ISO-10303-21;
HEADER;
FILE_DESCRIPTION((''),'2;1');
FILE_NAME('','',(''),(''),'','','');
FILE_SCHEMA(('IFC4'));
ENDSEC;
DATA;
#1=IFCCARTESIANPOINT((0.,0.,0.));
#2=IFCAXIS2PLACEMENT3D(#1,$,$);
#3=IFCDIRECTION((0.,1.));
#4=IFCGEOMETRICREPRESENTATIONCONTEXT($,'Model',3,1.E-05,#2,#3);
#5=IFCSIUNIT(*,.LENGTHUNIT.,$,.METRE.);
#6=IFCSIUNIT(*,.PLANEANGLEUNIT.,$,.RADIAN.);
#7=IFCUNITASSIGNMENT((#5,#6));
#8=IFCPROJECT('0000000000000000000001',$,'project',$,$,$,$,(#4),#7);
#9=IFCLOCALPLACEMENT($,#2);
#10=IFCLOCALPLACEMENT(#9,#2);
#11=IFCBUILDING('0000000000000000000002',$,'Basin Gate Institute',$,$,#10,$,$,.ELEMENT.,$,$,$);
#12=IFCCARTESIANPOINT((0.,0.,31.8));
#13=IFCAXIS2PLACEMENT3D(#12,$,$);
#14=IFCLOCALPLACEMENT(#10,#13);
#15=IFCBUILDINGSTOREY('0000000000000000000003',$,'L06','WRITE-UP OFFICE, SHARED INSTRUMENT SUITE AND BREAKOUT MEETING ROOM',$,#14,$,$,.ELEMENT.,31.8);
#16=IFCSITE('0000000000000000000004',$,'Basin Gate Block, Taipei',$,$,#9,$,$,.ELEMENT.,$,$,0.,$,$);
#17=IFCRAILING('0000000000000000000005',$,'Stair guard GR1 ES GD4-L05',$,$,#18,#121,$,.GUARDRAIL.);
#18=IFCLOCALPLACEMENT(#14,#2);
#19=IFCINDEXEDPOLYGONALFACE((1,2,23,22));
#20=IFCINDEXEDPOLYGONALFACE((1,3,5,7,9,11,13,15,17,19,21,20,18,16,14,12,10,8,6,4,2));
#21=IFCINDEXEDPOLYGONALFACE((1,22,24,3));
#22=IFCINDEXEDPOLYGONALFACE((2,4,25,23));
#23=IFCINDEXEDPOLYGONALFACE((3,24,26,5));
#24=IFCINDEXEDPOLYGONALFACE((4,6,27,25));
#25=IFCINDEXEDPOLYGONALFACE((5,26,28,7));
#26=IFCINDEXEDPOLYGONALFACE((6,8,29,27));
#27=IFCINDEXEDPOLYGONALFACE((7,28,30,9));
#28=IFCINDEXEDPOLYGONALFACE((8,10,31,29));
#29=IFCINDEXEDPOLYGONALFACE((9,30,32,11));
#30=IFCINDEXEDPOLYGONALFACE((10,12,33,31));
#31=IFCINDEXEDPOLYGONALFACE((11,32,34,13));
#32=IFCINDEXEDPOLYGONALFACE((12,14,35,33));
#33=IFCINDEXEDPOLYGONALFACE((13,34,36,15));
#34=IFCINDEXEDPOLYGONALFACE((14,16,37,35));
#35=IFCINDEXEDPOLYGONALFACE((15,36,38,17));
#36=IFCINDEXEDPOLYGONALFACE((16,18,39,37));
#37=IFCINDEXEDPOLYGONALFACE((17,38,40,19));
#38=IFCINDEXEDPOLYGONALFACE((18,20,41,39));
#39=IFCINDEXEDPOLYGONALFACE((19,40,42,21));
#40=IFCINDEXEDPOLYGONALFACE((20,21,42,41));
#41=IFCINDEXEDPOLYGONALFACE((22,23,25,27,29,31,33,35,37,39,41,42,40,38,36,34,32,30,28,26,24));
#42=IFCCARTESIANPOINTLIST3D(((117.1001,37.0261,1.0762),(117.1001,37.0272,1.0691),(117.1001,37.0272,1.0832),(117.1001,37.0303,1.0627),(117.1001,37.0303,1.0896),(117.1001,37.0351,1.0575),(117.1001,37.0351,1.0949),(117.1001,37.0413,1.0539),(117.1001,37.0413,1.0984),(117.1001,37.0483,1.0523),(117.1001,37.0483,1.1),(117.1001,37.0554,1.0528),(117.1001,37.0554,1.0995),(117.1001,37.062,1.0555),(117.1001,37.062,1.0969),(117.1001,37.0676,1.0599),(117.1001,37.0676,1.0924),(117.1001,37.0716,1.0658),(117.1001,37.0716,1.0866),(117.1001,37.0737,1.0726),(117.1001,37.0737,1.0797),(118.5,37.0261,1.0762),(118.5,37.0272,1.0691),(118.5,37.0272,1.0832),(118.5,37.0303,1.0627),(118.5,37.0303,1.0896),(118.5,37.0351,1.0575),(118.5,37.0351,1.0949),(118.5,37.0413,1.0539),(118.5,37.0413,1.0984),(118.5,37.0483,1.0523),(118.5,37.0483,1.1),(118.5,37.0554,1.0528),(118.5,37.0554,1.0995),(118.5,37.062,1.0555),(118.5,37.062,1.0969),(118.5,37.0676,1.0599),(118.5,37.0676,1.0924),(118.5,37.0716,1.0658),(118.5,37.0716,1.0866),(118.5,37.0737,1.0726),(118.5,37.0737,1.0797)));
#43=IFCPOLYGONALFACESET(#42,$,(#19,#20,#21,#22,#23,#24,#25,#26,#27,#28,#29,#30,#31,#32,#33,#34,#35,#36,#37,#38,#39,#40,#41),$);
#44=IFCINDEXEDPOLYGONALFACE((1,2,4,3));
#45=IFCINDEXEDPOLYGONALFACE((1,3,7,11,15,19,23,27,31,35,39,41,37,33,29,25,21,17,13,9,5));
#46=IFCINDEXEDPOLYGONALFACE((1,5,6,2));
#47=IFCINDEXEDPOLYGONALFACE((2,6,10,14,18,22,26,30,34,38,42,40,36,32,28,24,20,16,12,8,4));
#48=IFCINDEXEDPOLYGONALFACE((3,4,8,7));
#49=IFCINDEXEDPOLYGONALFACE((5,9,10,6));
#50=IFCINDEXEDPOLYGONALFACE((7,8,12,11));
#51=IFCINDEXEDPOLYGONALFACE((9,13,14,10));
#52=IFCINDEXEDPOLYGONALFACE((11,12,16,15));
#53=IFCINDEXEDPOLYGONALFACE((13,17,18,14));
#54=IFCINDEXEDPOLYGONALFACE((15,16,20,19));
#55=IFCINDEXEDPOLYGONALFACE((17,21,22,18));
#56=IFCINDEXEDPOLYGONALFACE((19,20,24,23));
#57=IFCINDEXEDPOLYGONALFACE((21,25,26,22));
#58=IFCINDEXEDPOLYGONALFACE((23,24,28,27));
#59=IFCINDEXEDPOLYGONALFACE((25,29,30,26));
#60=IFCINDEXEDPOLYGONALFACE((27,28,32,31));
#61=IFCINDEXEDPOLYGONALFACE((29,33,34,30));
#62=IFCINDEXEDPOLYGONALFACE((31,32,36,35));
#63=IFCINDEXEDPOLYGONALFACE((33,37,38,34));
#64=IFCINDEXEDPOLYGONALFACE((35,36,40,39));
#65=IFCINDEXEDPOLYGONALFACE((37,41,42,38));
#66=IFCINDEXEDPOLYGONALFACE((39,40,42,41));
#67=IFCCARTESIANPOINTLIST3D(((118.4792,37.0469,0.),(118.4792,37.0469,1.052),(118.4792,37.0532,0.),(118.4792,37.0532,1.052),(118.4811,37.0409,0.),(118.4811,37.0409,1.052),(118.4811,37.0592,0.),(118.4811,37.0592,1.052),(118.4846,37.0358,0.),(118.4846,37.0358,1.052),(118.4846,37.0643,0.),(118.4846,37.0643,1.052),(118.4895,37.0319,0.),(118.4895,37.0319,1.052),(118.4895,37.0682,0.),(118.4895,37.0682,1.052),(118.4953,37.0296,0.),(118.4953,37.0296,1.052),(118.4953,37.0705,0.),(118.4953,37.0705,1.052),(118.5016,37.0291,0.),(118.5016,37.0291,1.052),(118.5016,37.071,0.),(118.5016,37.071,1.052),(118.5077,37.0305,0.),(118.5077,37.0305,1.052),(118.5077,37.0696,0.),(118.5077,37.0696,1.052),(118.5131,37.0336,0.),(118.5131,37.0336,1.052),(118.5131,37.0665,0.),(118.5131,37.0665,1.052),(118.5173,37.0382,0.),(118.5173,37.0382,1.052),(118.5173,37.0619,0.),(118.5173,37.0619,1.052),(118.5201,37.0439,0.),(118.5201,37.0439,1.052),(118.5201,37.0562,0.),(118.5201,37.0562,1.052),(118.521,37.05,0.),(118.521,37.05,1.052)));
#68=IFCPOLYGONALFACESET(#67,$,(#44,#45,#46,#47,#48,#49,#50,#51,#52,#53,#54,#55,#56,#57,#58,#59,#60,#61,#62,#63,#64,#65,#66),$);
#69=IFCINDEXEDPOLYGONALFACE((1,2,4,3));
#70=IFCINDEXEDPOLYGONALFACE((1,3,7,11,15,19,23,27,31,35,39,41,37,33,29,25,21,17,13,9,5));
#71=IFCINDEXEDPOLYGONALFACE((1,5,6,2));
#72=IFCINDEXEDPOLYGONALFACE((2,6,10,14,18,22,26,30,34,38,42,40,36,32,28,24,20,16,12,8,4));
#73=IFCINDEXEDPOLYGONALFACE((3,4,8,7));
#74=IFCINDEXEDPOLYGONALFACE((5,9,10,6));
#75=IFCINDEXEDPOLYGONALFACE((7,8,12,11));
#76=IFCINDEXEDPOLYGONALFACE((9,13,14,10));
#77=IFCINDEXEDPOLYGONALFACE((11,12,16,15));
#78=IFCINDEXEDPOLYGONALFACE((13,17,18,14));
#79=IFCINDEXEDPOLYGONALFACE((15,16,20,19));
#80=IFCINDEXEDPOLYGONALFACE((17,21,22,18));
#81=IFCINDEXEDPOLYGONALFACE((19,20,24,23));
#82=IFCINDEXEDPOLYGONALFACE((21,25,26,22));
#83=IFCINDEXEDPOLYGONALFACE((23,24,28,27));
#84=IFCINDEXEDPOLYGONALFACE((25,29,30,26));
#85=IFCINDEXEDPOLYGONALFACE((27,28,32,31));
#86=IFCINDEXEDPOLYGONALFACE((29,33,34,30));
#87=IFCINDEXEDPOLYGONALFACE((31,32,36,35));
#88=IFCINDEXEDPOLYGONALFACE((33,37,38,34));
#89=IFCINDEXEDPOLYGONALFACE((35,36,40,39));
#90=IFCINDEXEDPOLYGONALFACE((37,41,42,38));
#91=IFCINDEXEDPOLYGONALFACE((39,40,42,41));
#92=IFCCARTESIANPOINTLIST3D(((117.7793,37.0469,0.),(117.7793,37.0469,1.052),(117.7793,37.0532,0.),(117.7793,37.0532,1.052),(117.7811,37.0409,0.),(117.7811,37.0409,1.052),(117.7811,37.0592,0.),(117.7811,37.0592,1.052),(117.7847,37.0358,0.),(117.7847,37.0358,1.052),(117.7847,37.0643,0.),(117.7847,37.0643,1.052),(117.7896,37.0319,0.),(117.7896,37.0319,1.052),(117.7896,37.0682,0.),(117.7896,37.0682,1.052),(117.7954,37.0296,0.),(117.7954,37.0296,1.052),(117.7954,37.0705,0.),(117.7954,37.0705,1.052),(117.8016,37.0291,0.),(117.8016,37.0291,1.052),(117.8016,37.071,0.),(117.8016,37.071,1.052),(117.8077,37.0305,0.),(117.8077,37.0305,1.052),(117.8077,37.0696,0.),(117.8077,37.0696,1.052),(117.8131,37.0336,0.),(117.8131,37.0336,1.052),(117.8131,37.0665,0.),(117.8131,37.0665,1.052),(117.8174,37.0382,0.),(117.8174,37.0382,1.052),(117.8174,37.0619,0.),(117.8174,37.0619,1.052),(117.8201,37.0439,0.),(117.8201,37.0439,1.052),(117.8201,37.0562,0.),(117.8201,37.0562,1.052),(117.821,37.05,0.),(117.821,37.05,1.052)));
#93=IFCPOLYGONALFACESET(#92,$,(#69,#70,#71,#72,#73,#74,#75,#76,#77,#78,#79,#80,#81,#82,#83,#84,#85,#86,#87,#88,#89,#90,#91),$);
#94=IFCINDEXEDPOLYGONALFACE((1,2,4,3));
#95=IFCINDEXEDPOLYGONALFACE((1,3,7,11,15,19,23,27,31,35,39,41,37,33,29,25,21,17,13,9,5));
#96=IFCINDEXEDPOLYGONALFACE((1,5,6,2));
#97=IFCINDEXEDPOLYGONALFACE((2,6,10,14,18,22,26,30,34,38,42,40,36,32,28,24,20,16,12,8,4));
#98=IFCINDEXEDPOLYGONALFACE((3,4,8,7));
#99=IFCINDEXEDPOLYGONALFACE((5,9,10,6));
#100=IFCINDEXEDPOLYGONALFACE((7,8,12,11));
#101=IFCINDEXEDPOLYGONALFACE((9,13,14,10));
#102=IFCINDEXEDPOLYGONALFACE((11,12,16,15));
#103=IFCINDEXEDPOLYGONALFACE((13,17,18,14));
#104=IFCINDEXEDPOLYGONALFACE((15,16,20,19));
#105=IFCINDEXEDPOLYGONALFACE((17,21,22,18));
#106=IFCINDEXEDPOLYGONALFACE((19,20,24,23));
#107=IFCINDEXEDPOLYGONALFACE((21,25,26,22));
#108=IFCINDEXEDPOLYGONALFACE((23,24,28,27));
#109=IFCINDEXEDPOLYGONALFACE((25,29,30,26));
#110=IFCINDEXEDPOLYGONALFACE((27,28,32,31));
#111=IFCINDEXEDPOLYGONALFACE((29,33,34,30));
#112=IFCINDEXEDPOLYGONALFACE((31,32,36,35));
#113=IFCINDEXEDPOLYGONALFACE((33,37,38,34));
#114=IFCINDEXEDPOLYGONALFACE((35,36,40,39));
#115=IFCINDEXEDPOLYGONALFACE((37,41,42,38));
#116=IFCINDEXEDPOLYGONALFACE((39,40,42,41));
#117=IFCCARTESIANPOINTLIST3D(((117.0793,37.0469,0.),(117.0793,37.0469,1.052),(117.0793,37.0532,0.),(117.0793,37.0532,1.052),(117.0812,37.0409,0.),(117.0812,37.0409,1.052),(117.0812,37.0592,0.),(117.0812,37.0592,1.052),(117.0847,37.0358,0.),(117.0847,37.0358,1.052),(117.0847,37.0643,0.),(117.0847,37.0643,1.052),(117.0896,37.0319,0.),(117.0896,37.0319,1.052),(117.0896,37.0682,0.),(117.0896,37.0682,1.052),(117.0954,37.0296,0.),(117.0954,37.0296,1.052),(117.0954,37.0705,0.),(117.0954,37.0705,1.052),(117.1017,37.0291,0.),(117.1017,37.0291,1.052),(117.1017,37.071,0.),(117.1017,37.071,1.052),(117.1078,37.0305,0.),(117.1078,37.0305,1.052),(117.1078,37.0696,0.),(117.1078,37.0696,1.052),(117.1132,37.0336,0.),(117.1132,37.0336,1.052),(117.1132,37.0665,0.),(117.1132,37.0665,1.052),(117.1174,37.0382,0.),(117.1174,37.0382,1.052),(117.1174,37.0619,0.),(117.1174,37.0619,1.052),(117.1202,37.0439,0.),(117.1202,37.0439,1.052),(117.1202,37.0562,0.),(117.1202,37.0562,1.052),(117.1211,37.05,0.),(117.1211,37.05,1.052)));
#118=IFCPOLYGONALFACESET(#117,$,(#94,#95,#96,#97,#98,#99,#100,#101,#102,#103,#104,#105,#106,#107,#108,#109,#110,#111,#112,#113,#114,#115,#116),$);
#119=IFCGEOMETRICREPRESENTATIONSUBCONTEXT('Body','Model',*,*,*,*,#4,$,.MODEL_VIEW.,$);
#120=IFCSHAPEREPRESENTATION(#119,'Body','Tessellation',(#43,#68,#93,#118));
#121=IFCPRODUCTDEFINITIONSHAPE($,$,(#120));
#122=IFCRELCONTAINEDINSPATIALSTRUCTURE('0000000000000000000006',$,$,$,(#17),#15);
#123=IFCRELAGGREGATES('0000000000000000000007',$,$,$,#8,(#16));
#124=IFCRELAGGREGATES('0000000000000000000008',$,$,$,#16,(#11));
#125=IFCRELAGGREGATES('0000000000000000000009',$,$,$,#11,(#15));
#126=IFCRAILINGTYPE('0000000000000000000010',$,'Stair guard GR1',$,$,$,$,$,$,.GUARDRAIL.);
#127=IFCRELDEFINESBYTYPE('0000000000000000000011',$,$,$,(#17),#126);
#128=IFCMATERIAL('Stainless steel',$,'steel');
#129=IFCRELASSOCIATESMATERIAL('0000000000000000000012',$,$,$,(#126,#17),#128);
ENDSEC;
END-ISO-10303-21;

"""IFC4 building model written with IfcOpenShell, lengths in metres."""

from ifc_helpers import new_model, si_unit, direction, frame, origin, origin_2d, place, context, subcontext, project, spatial, circle, extrude, material, type_object, element, save


model = new_model("IFC4")

# Units and contexts
model_context = context("Model", 3, precision=1e-05, world=origin(), true_north=direction((0.0, 1.0)))
body_context = subcontext(model_context, "Body", "Model", "MODEL_VIEW")
ifc_project = project(units=[si_unit("LENGTHUNIT", "METRE"), si_unit("PLANEANGLEUNIT", "RADIAN")], contexts=[model_context])

# Site, building, storey
site_placement = place(None, origin())
site = spatial("IfcSite", under=ifc_project, at=site_placement, Name="Basin Gate Block, Taipei", CompositionType="ELEMENT", RefElevation=0.0)
building_placement = place(site_placement, origin())
building = spatial("IfcBuilding", under=site, at=building_placement, Name="Basin Gate Institute", CompositionType="ELEMENT")
storey_placement = place(building_placement, frame((0.0, 0.0, 31.8)))
storey = spatial("IfcBuildingStorey", under=building, at=storey_placement, Name="L06", Description="WRITE-UP OFFICE, SHARED INSTRUMENT SUITE AND BREAKOUT MEETING ROOM", CompositionType="ELEMENT", Elevation=31.8)

# Railing
ifc_material_1 = material(Name="Stainless steel", Category="steel")
railing_type_1 = type_object("IfcRailingType", Name="Stair guard GR1", PredefinedType="GUARDRAIL", material=ifc_material_1)
railing_1_placement = place(storey_placement, frame((118.5, 37.05, 0.0)))
element("IfcRailing", 1, at=railing_1_placement, inside=storey, type_object=railing_type_1, material=ifc_material_1, Name="Stair guard GR1 ES GD4-L05", PredefinedType="GUARDRAIL", context=body_context, shape_type="SweptSolid", body=[
    extrude(circle(Radius=0.0239, at=origin_2d()), frame((0.0, 0.0, 1.0762), z_axis=(-1.0, 0.0, 0.0), x_axis=(0.0, -1.0, 0.0)), (0.0, 0.0, 1.0), 1.3999),
    extrude(circle(Radius=0.021, at=origin_2d()), origin(), (0.0, 0.0, 1.0), 1.052),
    extrude(circle(Radius=0.021, at=origin_2d()), frame((-0.7, 0.0, 0.0)), (0.0, 0.0, 1.0), 1.052),
    extrude(circle(Radius=0.021, at=origin_2d()), frame((-1.3999, 0.0, 0.0)), (0.0, 0.0, 1.0), 1.052),
])

save(model, "model.ifc")
